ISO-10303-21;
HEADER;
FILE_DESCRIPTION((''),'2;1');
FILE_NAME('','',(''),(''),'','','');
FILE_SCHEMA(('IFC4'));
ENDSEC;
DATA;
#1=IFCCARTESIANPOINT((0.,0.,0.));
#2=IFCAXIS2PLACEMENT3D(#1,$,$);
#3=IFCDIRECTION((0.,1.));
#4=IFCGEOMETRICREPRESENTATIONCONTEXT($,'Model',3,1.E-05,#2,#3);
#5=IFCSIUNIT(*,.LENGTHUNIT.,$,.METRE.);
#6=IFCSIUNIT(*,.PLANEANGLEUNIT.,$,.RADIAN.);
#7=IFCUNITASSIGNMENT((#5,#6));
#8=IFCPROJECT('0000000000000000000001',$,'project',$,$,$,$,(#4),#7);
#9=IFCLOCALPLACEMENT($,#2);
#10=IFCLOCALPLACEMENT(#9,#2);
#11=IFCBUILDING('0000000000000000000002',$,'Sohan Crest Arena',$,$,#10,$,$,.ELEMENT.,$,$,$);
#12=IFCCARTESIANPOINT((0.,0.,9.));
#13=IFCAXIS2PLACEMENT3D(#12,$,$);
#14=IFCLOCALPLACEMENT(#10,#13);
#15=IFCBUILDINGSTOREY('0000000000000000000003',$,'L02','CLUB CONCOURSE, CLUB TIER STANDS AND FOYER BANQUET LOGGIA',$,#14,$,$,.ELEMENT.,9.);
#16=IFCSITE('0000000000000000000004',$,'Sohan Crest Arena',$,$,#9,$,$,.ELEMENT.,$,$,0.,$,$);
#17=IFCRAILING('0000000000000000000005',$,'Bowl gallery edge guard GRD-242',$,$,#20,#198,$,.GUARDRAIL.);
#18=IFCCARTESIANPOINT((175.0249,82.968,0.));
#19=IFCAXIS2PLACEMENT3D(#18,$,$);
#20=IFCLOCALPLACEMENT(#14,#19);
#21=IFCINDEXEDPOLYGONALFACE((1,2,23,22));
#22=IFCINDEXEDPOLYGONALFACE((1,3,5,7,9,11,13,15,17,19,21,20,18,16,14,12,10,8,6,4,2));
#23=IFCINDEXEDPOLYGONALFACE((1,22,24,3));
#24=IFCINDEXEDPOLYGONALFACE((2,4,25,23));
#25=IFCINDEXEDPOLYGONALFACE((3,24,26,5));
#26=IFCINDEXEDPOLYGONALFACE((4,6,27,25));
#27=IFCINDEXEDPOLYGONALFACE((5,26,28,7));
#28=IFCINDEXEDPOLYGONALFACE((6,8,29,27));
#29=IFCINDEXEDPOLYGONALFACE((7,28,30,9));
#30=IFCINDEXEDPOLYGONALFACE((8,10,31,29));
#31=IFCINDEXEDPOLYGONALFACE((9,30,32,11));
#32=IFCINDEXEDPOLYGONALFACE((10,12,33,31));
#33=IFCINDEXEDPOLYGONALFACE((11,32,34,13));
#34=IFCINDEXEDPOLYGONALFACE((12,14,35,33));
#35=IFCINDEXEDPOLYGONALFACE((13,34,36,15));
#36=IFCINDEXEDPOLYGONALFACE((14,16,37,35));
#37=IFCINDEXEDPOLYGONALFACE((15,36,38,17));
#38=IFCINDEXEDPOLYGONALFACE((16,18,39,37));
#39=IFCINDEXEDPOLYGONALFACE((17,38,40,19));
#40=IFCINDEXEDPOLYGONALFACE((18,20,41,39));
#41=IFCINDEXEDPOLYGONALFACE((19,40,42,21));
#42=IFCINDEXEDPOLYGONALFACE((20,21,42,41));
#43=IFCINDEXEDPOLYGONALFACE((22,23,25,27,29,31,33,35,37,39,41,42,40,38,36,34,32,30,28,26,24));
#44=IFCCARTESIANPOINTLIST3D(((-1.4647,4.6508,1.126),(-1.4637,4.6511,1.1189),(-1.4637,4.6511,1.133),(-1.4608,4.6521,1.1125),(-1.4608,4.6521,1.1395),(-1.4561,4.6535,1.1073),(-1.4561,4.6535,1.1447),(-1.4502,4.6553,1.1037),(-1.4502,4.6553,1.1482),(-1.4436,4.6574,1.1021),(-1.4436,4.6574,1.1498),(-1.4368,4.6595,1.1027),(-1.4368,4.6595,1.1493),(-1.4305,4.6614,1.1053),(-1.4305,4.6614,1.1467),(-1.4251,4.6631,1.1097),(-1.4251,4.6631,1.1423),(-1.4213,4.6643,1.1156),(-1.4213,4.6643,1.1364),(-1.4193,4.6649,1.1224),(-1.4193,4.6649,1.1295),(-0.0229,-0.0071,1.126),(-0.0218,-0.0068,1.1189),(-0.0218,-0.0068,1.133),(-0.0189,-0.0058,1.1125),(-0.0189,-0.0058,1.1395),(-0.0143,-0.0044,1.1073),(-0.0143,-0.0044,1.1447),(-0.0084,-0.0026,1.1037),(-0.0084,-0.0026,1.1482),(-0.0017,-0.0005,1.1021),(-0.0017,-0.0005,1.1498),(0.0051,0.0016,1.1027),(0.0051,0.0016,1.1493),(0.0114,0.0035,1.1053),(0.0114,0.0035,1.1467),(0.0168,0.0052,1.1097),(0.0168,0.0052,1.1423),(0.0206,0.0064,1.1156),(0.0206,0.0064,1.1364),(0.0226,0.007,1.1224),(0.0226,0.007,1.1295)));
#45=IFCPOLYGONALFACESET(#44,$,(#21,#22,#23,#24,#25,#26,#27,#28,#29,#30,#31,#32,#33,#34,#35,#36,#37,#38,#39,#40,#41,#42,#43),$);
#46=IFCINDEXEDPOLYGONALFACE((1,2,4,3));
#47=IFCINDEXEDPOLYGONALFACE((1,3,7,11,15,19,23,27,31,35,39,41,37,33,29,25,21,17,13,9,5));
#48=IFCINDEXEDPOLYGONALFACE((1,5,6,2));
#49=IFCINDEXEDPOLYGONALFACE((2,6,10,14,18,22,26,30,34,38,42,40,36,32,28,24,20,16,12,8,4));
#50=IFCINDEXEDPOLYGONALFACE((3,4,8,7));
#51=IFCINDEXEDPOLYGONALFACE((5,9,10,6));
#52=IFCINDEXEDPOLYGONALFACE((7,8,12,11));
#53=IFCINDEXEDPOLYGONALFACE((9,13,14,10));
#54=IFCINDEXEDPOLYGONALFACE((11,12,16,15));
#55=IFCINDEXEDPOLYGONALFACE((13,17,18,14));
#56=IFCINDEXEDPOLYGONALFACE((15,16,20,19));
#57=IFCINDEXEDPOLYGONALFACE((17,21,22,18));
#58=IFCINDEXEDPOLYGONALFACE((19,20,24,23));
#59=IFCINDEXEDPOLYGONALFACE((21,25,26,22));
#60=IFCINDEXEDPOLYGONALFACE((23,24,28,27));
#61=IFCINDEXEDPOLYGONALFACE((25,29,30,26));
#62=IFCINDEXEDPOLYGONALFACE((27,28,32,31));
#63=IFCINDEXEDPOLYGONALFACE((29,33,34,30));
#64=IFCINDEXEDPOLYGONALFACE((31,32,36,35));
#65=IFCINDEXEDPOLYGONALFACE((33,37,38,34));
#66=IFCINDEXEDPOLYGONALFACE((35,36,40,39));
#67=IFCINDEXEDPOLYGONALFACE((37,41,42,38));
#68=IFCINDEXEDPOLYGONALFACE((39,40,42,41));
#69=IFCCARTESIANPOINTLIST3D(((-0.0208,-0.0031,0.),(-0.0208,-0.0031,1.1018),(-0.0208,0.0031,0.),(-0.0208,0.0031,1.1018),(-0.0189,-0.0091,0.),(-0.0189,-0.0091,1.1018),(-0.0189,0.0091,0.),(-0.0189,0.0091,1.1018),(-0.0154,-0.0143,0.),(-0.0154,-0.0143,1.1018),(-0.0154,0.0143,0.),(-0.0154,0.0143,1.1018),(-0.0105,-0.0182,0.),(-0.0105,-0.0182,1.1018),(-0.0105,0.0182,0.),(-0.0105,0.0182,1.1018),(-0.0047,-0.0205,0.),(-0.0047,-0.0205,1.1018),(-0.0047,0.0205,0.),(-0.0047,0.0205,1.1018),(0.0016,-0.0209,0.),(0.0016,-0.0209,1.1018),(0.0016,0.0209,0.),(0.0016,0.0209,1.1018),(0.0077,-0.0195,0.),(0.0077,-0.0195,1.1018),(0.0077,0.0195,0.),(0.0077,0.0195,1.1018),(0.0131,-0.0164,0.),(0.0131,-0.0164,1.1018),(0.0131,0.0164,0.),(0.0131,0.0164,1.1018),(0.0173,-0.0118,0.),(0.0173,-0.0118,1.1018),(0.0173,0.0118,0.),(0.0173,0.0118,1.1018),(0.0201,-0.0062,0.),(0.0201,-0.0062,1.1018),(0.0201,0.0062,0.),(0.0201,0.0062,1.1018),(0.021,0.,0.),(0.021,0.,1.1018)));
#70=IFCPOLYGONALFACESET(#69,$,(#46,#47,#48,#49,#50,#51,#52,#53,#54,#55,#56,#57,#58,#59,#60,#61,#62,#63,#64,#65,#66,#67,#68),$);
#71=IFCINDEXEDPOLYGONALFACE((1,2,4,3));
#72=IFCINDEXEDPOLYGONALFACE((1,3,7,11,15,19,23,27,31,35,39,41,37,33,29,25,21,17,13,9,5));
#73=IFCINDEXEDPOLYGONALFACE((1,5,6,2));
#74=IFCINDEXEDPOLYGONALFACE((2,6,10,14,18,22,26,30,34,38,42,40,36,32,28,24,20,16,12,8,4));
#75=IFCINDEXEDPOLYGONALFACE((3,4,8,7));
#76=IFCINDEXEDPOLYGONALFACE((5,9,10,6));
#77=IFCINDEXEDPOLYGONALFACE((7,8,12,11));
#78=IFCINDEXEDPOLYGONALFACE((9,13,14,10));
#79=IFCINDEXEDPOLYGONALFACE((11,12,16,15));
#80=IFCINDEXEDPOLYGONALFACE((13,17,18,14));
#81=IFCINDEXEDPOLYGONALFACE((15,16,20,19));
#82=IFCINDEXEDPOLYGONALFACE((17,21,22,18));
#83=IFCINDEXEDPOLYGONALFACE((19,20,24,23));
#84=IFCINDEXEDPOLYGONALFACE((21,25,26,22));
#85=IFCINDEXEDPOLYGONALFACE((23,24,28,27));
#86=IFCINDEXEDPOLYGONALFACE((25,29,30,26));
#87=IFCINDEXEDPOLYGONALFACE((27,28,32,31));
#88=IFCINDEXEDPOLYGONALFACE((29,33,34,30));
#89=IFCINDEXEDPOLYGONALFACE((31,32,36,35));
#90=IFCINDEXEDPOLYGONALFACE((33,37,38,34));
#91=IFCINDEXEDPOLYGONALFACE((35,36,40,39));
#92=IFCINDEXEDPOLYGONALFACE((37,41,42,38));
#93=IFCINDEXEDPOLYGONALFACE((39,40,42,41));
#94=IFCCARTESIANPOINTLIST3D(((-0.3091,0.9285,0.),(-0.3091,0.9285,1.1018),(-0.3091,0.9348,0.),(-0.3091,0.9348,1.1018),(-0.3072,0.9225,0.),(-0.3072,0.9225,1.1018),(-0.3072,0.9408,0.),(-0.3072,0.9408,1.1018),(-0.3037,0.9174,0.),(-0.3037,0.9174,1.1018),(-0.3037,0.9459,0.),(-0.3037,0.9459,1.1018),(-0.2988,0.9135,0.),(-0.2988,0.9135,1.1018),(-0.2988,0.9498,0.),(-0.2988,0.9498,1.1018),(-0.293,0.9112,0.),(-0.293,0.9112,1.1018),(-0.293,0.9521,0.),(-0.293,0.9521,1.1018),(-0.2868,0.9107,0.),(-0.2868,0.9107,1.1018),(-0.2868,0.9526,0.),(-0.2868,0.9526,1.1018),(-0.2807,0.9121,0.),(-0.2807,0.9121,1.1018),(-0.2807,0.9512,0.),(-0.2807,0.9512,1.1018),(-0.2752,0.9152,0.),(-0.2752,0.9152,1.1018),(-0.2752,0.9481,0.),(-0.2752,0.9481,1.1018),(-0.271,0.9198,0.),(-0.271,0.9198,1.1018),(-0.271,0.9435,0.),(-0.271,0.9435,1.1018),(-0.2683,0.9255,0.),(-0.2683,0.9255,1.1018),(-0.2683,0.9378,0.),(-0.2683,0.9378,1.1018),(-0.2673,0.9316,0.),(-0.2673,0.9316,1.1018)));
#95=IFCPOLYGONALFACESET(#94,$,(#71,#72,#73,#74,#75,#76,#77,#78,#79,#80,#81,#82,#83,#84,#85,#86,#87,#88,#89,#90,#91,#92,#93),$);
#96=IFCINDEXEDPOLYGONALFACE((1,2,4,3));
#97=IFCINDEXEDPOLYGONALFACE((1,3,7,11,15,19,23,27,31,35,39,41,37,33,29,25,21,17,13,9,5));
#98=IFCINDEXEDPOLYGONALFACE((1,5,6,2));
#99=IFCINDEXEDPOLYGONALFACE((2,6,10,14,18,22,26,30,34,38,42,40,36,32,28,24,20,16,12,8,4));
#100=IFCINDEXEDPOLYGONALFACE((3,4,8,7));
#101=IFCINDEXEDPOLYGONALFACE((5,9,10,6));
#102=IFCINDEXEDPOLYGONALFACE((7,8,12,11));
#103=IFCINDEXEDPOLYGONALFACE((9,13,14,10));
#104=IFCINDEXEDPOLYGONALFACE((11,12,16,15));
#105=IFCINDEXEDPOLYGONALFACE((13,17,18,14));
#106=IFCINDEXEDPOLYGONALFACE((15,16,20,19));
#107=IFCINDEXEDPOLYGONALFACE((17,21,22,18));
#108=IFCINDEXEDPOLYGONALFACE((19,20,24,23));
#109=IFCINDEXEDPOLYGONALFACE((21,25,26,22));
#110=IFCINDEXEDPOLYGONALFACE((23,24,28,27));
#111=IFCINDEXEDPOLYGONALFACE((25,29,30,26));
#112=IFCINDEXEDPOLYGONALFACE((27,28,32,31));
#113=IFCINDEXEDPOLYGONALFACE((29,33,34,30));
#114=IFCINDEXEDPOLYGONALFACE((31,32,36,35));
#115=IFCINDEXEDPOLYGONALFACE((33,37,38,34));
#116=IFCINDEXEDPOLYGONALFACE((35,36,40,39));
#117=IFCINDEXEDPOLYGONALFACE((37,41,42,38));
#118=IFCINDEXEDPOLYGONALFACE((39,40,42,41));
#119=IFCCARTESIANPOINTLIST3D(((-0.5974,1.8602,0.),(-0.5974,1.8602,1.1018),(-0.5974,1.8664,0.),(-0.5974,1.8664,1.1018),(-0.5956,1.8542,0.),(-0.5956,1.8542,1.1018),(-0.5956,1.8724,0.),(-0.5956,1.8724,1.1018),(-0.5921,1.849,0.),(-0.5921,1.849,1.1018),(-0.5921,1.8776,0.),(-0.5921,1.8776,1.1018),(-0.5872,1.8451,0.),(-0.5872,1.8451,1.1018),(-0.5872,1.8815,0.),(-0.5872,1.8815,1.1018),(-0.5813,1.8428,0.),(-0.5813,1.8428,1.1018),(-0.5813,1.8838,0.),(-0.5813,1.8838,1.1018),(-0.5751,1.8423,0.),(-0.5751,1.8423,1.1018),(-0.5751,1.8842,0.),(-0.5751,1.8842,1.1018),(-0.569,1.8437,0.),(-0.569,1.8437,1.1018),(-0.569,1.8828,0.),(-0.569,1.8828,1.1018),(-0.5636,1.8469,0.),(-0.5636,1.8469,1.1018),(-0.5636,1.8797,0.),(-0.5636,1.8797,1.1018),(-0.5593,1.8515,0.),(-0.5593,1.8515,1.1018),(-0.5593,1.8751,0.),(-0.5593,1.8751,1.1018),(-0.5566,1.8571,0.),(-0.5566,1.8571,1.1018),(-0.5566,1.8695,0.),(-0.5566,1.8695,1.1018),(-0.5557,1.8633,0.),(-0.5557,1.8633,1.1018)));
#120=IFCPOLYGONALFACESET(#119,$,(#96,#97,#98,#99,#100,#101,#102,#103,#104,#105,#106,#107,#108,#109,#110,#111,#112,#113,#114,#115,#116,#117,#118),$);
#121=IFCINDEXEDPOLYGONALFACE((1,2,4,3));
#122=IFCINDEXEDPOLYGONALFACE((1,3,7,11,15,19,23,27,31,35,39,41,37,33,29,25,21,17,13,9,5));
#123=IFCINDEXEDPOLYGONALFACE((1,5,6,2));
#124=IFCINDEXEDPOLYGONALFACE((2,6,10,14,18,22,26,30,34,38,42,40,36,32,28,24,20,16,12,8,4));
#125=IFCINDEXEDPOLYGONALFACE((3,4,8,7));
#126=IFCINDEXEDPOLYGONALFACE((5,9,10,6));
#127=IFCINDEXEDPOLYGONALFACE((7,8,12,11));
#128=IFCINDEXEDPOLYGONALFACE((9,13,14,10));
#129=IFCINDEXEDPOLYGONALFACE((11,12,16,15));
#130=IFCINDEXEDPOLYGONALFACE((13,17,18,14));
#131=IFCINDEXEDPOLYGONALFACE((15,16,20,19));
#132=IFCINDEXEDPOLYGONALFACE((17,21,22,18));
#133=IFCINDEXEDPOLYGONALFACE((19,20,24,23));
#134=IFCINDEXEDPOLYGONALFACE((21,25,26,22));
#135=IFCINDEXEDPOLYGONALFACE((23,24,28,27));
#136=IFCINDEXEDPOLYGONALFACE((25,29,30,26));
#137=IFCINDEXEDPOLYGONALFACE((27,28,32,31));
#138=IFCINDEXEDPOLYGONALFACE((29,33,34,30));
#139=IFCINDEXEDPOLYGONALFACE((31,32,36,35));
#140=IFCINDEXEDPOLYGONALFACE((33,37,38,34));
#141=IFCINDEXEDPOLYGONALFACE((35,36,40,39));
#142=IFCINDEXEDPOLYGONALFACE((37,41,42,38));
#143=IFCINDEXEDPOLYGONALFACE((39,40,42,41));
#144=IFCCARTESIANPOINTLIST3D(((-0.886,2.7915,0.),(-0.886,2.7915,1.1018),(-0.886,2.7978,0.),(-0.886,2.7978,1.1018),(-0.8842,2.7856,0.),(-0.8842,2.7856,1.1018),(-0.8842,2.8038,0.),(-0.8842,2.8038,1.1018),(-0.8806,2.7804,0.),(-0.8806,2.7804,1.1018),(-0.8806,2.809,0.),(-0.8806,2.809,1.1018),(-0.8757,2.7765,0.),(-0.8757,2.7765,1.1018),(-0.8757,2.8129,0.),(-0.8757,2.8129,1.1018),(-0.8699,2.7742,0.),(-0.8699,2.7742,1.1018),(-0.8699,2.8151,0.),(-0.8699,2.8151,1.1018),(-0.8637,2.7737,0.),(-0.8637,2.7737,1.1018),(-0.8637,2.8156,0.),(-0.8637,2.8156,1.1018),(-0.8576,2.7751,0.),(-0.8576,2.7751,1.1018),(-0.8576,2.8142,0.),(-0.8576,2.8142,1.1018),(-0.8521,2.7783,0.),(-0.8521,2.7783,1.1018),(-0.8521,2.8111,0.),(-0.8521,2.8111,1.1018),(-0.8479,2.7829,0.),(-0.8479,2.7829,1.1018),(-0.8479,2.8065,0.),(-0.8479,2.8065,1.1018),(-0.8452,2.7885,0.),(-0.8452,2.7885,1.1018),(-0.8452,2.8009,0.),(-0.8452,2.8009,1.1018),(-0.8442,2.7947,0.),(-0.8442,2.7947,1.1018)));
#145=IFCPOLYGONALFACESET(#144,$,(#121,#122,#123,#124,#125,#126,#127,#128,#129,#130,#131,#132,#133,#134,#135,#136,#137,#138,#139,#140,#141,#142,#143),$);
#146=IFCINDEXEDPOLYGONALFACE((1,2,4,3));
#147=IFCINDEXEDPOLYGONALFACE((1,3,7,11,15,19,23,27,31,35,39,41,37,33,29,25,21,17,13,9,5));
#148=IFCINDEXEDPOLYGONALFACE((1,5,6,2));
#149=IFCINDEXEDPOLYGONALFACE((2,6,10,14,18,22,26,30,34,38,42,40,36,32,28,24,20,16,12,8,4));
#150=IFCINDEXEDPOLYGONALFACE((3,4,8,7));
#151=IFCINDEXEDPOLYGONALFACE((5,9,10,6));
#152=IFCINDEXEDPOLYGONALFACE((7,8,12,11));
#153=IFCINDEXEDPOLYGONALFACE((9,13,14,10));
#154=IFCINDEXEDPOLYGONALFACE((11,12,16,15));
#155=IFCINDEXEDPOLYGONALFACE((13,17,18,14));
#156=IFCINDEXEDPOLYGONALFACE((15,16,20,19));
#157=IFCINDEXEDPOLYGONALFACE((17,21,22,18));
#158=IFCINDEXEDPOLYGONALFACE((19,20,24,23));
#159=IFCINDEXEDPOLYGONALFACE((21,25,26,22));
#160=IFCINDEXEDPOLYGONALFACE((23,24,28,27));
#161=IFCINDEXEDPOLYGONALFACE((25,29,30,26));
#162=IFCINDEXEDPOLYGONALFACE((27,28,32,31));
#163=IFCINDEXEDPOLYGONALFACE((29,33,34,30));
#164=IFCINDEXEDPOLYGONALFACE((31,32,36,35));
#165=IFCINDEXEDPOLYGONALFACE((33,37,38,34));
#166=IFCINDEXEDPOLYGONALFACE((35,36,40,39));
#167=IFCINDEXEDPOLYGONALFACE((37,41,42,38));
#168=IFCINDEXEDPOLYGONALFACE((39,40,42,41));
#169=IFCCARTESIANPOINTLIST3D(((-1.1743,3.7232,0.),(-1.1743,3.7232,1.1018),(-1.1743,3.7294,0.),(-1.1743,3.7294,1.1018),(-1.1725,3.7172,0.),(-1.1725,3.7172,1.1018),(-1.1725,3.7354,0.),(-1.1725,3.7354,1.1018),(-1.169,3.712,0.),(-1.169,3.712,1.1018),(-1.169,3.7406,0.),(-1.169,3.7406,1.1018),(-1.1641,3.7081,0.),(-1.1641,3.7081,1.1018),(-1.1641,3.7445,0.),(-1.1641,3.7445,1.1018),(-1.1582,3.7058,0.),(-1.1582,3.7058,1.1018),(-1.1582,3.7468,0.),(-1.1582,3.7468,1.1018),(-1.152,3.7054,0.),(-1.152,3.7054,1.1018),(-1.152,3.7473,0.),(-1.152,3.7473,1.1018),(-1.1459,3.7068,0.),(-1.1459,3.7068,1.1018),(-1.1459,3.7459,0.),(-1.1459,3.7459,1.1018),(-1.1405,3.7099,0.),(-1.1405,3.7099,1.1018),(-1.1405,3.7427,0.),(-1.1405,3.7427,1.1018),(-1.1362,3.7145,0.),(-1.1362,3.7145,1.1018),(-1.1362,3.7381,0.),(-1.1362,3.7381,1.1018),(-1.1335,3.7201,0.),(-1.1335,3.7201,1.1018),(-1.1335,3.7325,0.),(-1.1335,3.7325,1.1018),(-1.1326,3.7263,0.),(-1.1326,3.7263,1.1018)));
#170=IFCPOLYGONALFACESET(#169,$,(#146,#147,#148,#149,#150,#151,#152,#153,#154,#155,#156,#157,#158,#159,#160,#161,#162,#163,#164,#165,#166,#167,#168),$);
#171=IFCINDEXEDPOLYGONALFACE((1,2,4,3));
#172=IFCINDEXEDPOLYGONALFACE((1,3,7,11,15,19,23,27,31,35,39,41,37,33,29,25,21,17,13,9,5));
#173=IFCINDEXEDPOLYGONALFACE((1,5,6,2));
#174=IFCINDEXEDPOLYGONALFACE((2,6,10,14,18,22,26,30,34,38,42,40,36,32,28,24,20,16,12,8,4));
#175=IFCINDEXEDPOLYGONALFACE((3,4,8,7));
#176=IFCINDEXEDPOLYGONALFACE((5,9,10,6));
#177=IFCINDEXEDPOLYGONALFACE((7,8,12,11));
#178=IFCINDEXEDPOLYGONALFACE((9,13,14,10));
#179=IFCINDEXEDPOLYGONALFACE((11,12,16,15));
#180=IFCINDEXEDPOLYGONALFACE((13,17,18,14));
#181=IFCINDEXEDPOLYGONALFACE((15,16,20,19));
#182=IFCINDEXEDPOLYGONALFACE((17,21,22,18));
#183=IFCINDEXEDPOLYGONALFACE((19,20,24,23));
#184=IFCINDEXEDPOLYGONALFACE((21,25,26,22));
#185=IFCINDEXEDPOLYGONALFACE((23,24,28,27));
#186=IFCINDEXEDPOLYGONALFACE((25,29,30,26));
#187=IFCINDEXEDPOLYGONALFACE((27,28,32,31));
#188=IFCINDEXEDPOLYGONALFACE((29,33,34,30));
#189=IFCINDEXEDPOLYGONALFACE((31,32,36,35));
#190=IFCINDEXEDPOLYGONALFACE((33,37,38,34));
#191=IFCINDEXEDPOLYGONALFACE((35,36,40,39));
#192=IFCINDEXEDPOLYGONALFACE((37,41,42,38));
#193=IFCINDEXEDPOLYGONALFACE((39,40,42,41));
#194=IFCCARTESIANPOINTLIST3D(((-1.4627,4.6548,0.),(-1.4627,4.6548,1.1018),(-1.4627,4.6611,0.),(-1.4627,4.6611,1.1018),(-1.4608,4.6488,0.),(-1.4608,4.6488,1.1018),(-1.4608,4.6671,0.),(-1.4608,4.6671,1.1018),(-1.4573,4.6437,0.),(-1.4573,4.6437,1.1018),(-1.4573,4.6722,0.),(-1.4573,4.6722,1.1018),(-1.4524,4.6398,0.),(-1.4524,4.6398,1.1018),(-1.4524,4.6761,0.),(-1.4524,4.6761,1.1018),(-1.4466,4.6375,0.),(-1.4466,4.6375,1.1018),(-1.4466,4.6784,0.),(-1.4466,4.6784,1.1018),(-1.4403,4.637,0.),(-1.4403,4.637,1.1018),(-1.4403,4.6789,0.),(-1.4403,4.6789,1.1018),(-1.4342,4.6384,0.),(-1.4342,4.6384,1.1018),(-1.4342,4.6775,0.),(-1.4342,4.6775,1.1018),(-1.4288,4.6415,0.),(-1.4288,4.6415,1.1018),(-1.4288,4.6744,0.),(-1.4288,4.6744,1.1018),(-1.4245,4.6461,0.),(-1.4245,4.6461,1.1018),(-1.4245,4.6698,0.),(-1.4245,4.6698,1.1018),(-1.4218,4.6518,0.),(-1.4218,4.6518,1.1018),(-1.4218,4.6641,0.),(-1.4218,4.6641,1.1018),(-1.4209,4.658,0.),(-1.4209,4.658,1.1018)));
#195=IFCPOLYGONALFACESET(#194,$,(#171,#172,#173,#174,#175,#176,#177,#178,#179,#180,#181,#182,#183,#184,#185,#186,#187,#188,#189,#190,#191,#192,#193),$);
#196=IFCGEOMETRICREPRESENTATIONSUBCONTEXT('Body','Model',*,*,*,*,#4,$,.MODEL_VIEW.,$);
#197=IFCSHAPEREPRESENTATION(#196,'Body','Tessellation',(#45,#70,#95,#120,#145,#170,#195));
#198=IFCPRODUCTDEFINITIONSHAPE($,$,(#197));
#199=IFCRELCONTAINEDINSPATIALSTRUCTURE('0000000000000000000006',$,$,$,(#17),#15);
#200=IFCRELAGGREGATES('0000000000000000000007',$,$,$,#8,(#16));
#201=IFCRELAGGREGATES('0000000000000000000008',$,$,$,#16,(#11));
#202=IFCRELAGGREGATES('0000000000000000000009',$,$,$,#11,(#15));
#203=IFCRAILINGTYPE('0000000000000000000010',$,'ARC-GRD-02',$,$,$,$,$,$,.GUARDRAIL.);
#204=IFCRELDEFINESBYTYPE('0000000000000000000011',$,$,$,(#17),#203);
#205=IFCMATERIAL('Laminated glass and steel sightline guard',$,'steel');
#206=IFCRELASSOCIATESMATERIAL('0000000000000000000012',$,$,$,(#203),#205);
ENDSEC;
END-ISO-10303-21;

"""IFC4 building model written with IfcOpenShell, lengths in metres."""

from ifc_helpers import new_model, si_unit, direction, frame, origin, origin_2d, place, context, subcontext, project, spatial, circle, extrude, material, type_object, element, save


model = new_model("IFC4")

# Units and contexts
model_context = context("Model", 3, precision=1e-05, world=origin(), true_north=direction((0.0, 1.0)))
body_context = subcontext(model_context, "Body", "Model", "MODEL_VIEW")
ifc_project = project(units=[si_unit("LENGTHUNIT", "METRE"), si_unit("PLANEANGLEUNIT", "RADIAN")], contexts=[model_context])

# Site, building, storey
site_placement = place(None, origin())
site = spatial("IfcSite", under=ifc_project, at=site_placement, Name="Sohan Crest Arena", CompositionType="ELEMENT", RefElevation=0.0)
building_placement = place(site_placement, origin())
building = spatial("IfcBuilding", under=site, at=building_placement, Name="Sohan Crest Arena", CompositionType="ELEMENT")
storey_placement = place(building_placement, frame((0.0, 0.0, 9.0)))
storey = spatial("IfcBuildingStorey", under=building, at=storey_placement, Name="L02", Description="CLUB CONCOURSE, CLUB TIER STANDS AND FOYER BANQUET LOGGIA", CompositionType="ELEMENT", Elevation=9.0)

# Railing
ifc_material_1 = material(Name="Laminated glass and steel sightline guard", Category="steel")
railing_type = type_object("IfcRailingType", Name="ARC-GRD-02", PredefinedType="GUARDRAIL", material=ifc_material_1)
railing_1_placement = place(storey_placement, frame((175.0249, 82.968, 0.0)))
element("IfcRailing", 1, at=railing_1_placement, inside=storey, type_object=railing_type, Name="Bowl gallery edge guard GRD-242", PredefinedType="GUARDRAIL", context=body_context, shape_type="SweptSolid", body=[
    extrude(circle(Radius=0.0239, at=origin_2d()), frame((0.0, 0.0, 1.126), z_axis=(-0.295711, 0.955277, 0.0), x_axis=(-0.955277, -0.295711, 0.0)), (0.0, 0.0, 1.0), 4.876),
    extrude(circle(Radius=0.021, at=origin_2d()), origin(), (0.0, 0.0, 1.0), 1.1018),
    extrude(circle(Radius=0.021, at=origin_2d()), frame((-0.2883, 0.9316, 0.0)), (0.0, 0.0, 1.0), 1.1018),
    extrude(circle(Radius=0.021, at=origin_2d()), frame((-0.5767, 1.8633, 0.0)), (0.0, 0.0, 1.0), 1.1018),
    extrude(circle(Radius=0.021, at=origin_2d()), frame((-0.8652, 2.7947, 0.0)), (0.0, 0.0, 1.0), 1.1018),
    extrude(circle(Radius=0.021, at=origin_2d()), frame((-1.1536, 3.7263, 0.0)), (0.0, 0.0, 1.0), 1.1018),
    extrude(circle(Radius=0.021, at=origin_2d()), frame((-1.4419, 4.658, 0.0)), (0.0, 0.0, 1.0), 1.1018),
])

save(model, "model.ifc")
